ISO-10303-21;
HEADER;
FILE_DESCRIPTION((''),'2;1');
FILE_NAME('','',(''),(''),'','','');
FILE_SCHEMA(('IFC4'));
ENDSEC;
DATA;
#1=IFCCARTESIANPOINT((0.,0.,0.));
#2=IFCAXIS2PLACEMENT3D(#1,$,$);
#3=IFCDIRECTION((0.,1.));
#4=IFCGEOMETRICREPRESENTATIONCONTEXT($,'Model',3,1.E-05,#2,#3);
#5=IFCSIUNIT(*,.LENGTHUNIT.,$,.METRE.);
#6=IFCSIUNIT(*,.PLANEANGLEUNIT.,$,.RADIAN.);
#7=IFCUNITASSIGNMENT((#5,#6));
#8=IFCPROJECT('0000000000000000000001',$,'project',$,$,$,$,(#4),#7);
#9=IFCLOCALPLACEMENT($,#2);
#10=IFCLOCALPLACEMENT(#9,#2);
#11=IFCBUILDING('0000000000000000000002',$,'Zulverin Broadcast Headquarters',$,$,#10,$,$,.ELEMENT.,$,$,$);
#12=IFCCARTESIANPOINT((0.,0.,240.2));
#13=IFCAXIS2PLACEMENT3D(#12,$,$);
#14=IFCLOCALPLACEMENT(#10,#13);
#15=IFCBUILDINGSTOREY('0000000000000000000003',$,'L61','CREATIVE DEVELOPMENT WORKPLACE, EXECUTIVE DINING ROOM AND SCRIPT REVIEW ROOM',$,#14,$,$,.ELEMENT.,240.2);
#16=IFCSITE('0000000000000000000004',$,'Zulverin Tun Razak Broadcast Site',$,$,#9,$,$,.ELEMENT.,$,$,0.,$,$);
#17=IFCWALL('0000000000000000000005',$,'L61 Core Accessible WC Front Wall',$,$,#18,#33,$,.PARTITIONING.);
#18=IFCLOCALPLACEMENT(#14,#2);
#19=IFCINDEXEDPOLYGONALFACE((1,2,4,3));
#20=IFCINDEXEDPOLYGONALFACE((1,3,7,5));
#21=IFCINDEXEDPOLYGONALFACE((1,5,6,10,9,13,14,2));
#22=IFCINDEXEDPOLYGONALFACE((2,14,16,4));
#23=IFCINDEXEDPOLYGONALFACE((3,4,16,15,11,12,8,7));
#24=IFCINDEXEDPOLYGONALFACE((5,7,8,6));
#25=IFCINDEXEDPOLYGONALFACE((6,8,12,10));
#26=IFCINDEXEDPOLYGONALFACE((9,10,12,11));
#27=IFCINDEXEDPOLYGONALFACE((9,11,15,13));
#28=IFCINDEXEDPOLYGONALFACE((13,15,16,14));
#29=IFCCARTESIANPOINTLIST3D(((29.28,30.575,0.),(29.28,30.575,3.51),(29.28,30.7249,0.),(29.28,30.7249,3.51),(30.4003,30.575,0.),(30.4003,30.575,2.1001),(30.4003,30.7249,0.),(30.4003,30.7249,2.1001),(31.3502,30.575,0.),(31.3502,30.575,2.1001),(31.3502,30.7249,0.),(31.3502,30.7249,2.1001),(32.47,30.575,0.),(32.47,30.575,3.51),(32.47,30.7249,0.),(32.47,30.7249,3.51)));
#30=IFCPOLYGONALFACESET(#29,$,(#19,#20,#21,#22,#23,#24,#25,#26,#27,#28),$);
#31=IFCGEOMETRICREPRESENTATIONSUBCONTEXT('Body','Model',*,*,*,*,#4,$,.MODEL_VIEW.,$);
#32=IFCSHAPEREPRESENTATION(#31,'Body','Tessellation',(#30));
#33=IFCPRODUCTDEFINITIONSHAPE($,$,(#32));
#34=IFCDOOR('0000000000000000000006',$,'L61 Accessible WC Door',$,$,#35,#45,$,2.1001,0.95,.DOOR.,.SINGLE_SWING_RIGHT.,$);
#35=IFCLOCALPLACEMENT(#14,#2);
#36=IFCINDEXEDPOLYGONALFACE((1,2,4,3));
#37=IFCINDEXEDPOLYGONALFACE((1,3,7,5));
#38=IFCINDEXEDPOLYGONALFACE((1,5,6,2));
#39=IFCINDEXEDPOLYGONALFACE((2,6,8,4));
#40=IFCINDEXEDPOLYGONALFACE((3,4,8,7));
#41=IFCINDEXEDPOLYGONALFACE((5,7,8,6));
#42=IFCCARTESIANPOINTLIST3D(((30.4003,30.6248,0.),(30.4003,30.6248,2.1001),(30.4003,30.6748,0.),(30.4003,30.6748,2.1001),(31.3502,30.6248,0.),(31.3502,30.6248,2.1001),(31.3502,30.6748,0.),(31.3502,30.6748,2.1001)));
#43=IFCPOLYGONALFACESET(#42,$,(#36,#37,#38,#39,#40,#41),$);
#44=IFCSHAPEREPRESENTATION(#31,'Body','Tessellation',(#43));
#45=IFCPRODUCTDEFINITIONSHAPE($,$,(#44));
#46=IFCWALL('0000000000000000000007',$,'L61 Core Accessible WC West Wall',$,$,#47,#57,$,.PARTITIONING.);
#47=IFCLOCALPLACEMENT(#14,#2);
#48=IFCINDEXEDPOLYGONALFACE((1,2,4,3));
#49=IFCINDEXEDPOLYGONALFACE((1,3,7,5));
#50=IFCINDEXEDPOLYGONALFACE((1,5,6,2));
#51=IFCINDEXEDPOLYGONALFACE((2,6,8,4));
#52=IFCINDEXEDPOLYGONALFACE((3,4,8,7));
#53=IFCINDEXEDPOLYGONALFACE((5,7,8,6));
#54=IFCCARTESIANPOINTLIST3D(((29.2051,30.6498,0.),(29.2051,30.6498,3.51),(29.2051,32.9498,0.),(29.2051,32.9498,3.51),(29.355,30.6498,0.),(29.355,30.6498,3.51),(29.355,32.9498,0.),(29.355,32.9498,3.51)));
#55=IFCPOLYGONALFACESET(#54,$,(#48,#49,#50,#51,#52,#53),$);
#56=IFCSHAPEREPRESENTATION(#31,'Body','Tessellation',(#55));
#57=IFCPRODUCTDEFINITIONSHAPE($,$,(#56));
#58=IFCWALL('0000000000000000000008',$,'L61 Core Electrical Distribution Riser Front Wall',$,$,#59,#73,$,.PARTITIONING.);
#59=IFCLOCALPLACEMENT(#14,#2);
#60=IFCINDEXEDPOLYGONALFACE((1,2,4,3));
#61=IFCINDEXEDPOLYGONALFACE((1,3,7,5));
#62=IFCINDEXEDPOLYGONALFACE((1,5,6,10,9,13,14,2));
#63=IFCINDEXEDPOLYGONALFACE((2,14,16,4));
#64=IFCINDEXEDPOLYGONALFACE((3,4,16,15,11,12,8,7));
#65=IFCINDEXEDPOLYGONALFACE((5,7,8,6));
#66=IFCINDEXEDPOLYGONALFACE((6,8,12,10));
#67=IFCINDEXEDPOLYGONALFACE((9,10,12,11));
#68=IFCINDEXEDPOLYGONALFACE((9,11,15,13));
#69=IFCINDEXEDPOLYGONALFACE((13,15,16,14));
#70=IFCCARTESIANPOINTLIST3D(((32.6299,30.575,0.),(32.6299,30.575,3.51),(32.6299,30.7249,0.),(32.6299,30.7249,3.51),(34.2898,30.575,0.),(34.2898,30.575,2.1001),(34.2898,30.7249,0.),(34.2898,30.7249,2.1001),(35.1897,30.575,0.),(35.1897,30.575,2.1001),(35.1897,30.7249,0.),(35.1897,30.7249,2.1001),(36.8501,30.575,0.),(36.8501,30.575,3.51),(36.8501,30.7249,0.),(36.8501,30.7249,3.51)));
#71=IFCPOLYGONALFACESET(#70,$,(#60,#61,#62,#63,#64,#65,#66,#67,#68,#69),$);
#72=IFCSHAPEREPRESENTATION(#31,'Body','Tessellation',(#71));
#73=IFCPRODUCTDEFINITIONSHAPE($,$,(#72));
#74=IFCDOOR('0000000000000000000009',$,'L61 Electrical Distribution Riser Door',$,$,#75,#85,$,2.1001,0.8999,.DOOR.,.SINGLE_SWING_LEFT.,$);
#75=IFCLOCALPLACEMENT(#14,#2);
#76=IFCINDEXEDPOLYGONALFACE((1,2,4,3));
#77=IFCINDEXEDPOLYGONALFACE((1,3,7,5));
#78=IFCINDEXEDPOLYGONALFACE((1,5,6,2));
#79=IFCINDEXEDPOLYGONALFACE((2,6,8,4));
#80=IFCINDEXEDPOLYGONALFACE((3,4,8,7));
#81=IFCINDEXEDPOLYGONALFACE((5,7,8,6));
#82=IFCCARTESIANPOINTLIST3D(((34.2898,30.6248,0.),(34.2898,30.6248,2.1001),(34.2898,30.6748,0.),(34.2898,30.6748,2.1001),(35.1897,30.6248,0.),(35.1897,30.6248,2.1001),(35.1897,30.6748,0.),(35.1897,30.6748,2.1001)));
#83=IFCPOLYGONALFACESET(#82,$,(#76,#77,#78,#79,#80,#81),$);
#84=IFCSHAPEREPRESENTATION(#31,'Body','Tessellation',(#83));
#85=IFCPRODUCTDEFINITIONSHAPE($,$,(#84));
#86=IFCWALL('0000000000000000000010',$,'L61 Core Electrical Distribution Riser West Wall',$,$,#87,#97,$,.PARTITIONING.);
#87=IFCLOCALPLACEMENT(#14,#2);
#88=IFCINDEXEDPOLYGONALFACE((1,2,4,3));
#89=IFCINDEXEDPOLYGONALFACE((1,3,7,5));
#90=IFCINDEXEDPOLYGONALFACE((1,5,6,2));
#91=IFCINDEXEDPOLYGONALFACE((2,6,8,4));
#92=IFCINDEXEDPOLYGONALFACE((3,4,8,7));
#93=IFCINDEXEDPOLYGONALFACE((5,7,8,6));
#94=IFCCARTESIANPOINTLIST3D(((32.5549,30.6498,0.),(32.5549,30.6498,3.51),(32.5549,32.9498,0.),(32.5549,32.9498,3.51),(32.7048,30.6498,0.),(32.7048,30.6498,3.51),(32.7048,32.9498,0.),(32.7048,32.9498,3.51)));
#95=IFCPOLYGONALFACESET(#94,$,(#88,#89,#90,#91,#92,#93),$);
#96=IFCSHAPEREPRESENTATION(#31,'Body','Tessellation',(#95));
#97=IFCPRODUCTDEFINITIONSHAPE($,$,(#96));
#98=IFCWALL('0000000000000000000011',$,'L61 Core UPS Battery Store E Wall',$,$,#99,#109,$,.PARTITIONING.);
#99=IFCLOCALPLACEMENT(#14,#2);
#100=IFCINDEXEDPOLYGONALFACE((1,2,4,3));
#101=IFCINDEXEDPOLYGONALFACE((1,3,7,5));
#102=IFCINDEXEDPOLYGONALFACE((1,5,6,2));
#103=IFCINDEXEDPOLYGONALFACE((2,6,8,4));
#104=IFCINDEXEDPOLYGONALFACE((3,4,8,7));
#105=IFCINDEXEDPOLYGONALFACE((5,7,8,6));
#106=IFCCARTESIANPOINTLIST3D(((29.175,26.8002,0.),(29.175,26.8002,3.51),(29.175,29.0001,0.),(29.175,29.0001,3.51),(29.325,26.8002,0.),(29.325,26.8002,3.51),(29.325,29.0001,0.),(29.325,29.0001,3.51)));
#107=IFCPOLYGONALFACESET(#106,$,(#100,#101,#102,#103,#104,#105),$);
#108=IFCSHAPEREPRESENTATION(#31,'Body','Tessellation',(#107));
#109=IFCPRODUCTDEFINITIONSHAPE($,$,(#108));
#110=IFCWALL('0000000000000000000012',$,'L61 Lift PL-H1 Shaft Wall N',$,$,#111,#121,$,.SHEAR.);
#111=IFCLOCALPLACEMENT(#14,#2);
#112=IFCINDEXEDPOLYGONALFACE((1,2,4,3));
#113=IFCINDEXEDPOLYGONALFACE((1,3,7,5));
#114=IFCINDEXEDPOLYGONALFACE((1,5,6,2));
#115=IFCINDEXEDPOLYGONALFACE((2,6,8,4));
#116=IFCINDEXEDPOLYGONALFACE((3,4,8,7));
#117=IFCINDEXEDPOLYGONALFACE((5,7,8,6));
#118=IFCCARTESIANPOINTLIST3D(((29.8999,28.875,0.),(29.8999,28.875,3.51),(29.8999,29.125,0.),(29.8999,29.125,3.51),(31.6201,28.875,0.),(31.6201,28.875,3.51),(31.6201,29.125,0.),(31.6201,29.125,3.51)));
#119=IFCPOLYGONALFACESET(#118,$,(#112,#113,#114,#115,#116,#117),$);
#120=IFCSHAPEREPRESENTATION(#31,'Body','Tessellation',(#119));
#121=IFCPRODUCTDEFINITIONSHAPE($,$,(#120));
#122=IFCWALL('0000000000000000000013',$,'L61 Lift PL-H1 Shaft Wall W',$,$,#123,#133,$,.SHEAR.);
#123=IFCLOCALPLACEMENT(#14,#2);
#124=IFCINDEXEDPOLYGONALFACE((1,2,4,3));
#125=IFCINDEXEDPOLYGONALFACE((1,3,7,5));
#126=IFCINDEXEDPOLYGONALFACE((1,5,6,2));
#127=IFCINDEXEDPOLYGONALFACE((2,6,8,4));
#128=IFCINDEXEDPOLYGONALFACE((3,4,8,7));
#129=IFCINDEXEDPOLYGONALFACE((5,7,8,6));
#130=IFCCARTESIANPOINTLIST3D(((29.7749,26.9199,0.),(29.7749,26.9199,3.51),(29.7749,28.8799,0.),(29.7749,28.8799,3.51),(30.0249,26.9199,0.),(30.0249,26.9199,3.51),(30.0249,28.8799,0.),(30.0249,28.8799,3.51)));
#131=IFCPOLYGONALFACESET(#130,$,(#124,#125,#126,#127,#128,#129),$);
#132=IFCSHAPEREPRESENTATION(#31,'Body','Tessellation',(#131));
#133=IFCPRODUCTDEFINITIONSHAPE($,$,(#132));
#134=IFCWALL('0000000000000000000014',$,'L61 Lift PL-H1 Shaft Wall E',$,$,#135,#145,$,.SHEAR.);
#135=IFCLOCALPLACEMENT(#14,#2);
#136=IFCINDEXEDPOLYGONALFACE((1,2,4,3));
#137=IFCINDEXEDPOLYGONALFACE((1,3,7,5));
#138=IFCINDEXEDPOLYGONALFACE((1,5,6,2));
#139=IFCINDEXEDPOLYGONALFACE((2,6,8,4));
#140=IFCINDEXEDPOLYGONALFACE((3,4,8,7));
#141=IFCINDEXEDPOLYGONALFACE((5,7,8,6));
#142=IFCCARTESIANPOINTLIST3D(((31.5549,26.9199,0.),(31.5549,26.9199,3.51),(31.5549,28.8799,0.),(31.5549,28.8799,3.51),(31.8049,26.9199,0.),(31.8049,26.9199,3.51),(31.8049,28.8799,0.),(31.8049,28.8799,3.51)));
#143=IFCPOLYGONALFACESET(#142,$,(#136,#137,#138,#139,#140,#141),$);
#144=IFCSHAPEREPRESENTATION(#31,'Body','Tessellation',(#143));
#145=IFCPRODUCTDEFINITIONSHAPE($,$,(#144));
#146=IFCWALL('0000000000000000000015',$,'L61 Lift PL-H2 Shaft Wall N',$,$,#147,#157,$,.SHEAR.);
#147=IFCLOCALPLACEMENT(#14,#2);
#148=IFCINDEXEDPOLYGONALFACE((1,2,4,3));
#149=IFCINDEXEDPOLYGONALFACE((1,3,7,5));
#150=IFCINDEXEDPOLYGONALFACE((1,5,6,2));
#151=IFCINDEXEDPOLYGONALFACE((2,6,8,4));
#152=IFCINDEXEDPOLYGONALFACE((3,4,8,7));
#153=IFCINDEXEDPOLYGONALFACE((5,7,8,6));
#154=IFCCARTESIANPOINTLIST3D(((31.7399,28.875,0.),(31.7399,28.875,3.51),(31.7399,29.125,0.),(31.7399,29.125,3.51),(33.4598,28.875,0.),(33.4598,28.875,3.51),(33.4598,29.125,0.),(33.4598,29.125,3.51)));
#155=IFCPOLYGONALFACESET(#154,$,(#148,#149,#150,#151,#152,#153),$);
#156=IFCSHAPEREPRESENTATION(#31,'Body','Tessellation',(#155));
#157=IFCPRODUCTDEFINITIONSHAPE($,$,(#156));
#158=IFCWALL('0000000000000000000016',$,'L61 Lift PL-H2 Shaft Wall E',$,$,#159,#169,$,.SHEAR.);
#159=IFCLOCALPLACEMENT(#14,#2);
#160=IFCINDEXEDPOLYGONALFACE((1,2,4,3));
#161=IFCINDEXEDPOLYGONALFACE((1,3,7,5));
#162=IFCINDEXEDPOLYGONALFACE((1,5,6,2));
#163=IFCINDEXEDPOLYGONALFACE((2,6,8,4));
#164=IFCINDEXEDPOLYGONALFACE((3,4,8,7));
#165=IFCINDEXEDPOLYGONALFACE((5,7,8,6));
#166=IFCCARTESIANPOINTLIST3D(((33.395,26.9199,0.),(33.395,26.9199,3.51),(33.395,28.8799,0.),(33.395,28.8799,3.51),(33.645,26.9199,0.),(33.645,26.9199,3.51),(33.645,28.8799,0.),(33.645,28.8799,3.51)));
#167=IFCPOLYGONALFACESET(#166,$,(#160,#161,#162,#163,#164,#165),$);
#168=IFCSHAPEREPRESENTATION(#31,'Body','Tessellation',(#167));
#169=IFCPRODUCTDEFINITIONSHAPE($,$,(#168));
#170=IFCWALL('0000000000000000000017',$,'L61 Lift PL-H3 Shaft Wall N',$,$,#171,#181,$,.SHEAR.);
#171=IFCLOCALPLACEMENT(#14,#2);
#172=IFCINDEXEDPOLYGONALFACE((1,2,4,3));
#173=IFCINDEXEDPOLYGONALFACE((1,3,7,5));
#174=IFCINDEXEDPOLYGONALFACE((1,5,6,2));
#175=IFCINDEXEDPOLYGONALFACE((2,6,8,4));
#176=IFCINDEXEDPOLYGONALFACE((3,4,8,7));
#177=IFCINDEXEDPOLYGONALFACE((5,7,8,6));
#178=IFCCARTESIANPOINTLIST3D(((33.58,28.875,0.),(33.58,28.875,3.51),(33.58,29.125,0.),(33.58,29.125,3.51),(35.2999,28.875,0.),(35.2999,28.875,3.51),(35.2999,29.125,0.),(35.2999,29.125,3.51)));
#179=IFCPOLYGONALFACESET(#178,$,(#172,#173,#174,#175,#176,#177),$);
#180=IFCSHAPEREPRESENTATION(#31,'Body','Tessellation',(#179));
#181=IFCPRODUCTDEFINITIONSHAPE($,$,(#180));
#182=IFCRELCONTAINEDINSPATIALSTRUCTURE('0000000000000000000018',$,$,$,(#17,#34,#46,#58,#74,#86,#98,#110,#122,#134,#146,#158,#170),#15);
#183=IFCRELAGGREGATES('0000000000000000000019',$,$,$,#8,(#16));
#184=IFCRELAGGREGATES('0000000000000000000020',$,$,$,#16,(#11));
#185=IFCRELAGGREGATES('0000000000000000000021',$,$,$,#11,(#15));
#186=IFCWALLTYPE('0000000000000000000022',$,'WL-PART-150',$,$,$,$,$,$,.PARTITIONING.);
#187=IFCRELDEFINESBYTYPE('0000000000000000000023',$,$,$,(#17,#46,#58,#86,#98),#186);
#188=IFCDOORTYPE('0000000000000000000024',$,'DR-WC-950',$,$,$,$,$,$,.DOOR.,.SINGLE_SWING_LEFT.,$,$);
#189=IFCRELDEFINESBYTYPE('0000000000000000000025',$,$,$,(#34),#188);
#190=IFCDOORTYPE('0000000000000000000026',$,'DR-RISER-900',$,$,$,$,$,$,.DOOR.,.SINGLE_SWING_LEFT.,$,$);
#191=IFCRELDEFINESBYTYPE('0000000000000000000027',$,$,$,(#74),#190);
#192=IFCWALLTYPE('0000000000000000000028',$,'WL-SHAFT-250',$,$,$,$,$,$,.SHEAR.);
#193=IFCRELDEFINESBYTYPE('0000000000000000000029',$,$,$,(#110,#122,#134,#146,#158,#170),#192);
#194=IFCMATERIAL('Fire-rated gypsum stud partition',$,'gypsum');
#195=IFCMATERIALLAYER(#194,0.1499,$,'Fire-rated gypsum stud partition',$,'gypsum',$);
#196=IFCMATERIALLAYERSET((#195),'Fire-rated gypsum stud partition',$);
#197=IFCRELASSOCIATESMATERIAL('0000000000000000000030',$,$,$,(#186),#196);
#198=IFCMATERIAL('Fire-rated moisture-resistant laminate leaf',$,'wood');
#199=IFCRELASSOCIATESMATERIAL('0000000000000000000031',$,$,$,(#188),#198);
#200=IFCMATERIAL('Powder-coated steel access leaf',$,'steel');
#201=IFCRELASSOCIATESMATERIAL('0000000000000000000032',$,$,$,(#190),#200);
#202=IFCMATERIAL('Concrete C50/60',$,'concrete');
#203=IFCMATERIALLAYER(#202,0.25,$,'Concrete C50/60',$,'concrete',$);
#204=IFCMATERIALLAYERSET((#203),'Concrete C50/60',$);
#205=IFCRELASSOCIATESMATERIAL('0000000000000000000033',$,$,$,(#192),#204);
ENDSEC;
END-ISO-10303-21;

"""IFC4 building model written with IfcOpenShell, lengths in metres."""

from ifc_helpers import new_model, si_unit, direction, frame, frame_2d, origin, place, context, subcontext, project, spatial, rectangle, extrude, material, layer, layer_set, type_object, element, fill, save


model = new_model("IFC4")

# Units and contexts
model_context = context("Model", 3, precision=1e-05, world=origin(), true_north=direction((0.0, 1.0)))
body_context = subcontext(model_context, "Body", "Model", "MODEL_VIEW")
ifc_project = project(units=[si_unit("LENGTHUNIT", "METRE"), si_unit("PLANEANGLEUNIT", "RADIAN")], contexts=[model_context])

# Site, building, storey
site_placement = place(None, origin())
site = spatial("IfcSite", under=ifc_project, at=site_placement, Name="Zulverin Tun Razak Broadcast Site", CompositionType="ELEMENT", RefElevation=0.0)
building_placement = place(site_placement, origin())
building = spatial("IfcBuilding", under=site, at=building_placement, Name="Zulverin Broadcast Headquarters", CompositionType="ELEMENT")
storey_placement = place(building_placement, frame((0.0, 0.0, 240.2)))
storey = spatial("IfcBuildingStorey", under=building, at=storey_placement, Name="L61", Description="CREATIVE DEVELOPMENT WORKPLACE, EXECUTIVE DINING ROOM AND SCRIPT REVIEW ROOM", CompositionType="ELEMENT", Elevation=240.2)

# Wall, opening, door
ifc_material_1 = material(Name="Fire-rated gypsum stud partition", Category="gypsum")
ifc_layer_1 = layer(ifc_material_1, 0.1499, Name="Fire-rated gypsum stud partition", Category="gypsum")
ifc_layer_set_1 = layer_set([ifc_layer_1], Name="Fire-rated gypsum stud partition")
wall_type_1 = type_object("IfcWallType", Name="WL-PART-150", PredefinedType="PARTITIONING", material=ifc_layer_set_1)
wall_1_placement = place(storey_placement, frame((29.28, 30.6499, 0.0), z_axis=(0.0, 0.0, 1.0), x_axis=(1.0, 0.0, 0.0)))
wall_1 = element("IfcWall", 1, at=wall_1_placement, inside=storey, type_object=wall_type_1, Name="L61 Core Accessible WC Front Wall", PredefinedType="PARTITIONING", context=body_context, shape_type="SweptSolid", body=[
    extrude(rectangle(XDim=3.1899, YDim=0.1499, at=frame_2d((1.595, 0.0))), origin(), (0.0, 0.0, 1.0), 3.51),
])
opening_1_placement = place(wall_1_placement, frame((1.1201, 0.0, 0.0)))
opening_1 = element("IfcOpeningElement", 2, at=opening_1_placement, cuts=wall_1, PredefinedType="OPENING", context=body_context, shape_type="SweptSolid", body=[
    extrude(rectangle(XDim=0.95, YDim=2.1001, at=frame_2d((0.4751, 1.05))), frame((0.0, 0.085, 0.0), z_axis=(0.0, -1.0, 0.0), x_axis=(1.0, 0.0, 0.0)), (0.0, 0.0, 1.0), 0.1699),
])
ifc_material_2 = material(Name="Fire-rated moisture-resistant laminate leaf", Category="wood")
door_type_1 = type_object("IfcDoorType", Name="DR-WC-950", OperationType="SINGLE_SWING_LEFT", PredefinedType="DOOR", material=ifc_material_2)
door_1_placement = place(opening_1_placement, origin())
door_1 = element("IfcDoor", 3, at=door_1_placement, inside=storey, type_object=door_type_1, Name="L61 Accessible WC Door", OperationType="SINGLE_SWING_RIGHT", OverallHeight=2.1001, OverallWidth=0.95, PredefinedType="DOOR", context=body_context, shape_type="SweptSolid", body=[
    extrude(rectangle(XDim=0.95, YDim=2.1001, at=frame_2d((0.4751, 1.05))), frame((0.0, 0.0249, 0.0), z_axis=(0.0, -1.0, 0.0), x_axis=(1.0, 0.0, 0.0)), (0.0, 0.0, 1.0), 0.05),
])
fill(opening_1, door_1)

# Wall
wall_2_placement = place(storey_placement, frame((29.28, 30.6499, 0.0), z_axis=(0.0, 0.0, 1.0), x_axis=(0.0, 1.0, 0.0)))
element("IfcWall", 4, at=wall_2_placement, inside=storey, type_object=wall_type_1, Name="L61 Core Accessible WC West Wall", PredefinedType="PARTITIONING", context=body_context, shape_type="SweptSolid", body=[
    extrude(rectangle(XDim=2.3, YDim=0.1499, at=frame_2d((1.1499, 0.0))), origin(), (0.0, 0.0, 1.0), 3.51),
])

# Wall, opening, door
wall_3_placement = place(storey_placement, frame((32.6299, 30.6499, 0.0), z_axis=(0.0, 0.0, 1.0), x_axis=(1.0, 0.0, 0.0)))
wall_3 = element("IfcWall", 5, at=wall_3_placement, inside=storey, type_object=wall_type_1, Name="L61 Core Electrical Distribution Riser Front Wall", PredefinedType="PARTITIONING", context=body_context, shape_type="SweptSolid", body=[
    extrude(rectangle(XDim=4.2202, YDim=0.1499, at=frame_2d((2.1101, 0.0))), origin(), (0.0, 0.0, 1.0), 3.51),
])
opening_2_placement = place(wall_3_placement, frame((1.6599, 0.0, 0.0)))
opening_2 = element("IfcOpeningElement", 6, at=opening_2_placement, cuts=wall_3, PredefinedType="OPENING", context=body_context, shape_type="SweptSolid", body=[
    extrude(rectangle(XDim=0.8999, YDim=2.1001, at=frame_2d((0.45, 1.05))), frame((0.0, 0.085, 0.0), z_axis=(0.0, -1.0, 0.0), x_axis=(1.0, 0.0, 0.0)), (0.0, 0.0, 1.0), 0.1699),
])
ifc_material_3 = material(Name="Powder-coated steel access leaf", Category="steel")
door_type_2 = type_object("IfcDoorType", Name="DR-RISER-900", OperationType="SINGLE_SWING_LEFT", PredefinedType="DOOR", material=ifc_material_3)
door_2_placement = place(opening_2_placement, origin())
door_2 = element("IfcDoor", 7, at=door_2_placement, inside=storey, type_object=door_type_2, Name="L61 Electrical Distribution Riser Door", OperationType="SINGLE_SWING_LEFT", OverallHeight=2.1001, OverallWidth=0.8999, PredefinedType="DOOR", context=body_context, shape_type="SweptSolid", body=[
    extrude(rectangle(XDim=0.8999, YDim=2.1001, at=frame_2d((0.45, 1.05))), frame((0.0, 0.0249, 0.0), z_axis=(0.0, -1.0, 0.0), x_axis=(1.0, 0.0, 0.0)), (0.0, 0.0, 1.0), 0.05),
])
fill(opening_2, door_2)

# Walls
wall_4_placement = place(storey_placement, frame((32.6299, 30.6499, 0.0), z_axis=(0.0, 0.0, 1.0), x_axis=(0.0, 1.0, 0.0)))
element("IfcWall", 8, at=wall_4_placement, inside=storey, type_object=wall_type_1, Name="L61 Core Electrical Distribution Riser West Wall", PredefinedType="PARTITIONING", context=body_context, shape_type="SweptSolid", body=[
    extrude(rectangle(XDim=2.3, YDim=0.1499, at=frame_2d((1.1499, 0.0))), origin(), (0.0, 0.0, 1.0), 3.51),
])
wall_5_placement = place(storey_placement, frame((29.25, 26.8, 0.0), z_axis=(0.0, 0.0, 1.0), x_axis=(0.0, 1.0, 0.0)))
element("IfcWall", 9, at=wall_5_placement, inside=storey, type_object=wall_type_1, Name="L61 Core UPS Battery Store E Wall", PredefinedType="PARTITIONING", context=body_context, shape_type="SweptSolid", body=[
    extrude(rectangle(XDim=2.2, YDim=0.1499, at=frame_2d((1.1001, 0.0))), origin(), (0.0, 0.0, 1.0), 3.51),
])

# Shared definitions
ifc_material_4 = material(Name="Concrete C50/60", Category="concrete")
ifc_layer_2 = layer(ifc_material_4, 0.25, Name="Concrete C50/60", Category="concrete")
ifc_layer_set_2 = layer_set([ifc_layer_2], Name="Concrete C50/60")
wall_type_2 = type_object("IfcWallType", Name="WL-SHAFT-250", PredefinedType="SHEAR", material=ifc_layer_set_2)

# Walls
wall_6_placement = place(storey_placement, frame((29.8999, 29.0, 0.0), z_axis=(0.0, 0.0, 1.0), x_axis=(1.0, 0.0, 0.0)))
element("IfcWall", 10, at=wall_6_placement, inside=storey, type_object=wall_type_2, Name="L61 Lift PL-H1 Shaft Wall N", PredefinedType="SHEAR", context=body_context, shape_type="SweptSolid", body=[
    extrude(rectangle(XDim=1.7202, YDim=0.25, at=frame_2d((0.8601, 0.0))), origin(), (0.0, 0.0, 1.0), 3.51),
])
for number, where, z_axis, x_axis, name in (
    (11, (29.8999, 26.9199, 0.0), (0.0, 0.0, 1.0), (0.0, 1.0, 0.0), "L61 Lift PL-H1 Shaft Wall W"),
    (12, (31.6799, 26.9199, 0.0), (0.0, 0.0, 1.0), (0.0, 1.0, 0.0), "L61 Lift PL-H1 Shaft Wall E"),
):
    element("IfcWall", number, at=place(storey_placement, frame(where, z_axis=z_axis, x_axis=x_axis)), inside=storey, type_object=wall_type_2, Name=name, PredefinedType="SHEAR", context=body_context, shape_type="SweptSolid", body=[
        extrude(rectangle(XDim=1.96, YDim=0.25, at=frame_2d((0.98, 0.0))), origin(), (0.0, 0.0, 1.0), 3.51),
    ])

# Walls
wall_7_placement = place(storey_placement, frame((31.74, 29.0, 0.0), z_axis=(0.0, 0.0, 1.0), x_axis=(1.0, 0.0, 0.0)))
element("IfcWall", 13, at=wall_7_placement, inside=storey, type_object=wall_type_2, Name="L61 Lift PL-H2 Shaft Wall N", PredefinedType="SHEAR", context=body_context, shape_type="SweptSolid", body=[
    extrude(rectangle(XDim=1.72, YDim=0.25, at=frame_2d((0.8599, 0.0))), origin(), (0.0, 0.0, 1.0), 3.51),
])
wall_8_placement = place(storey_placement, frame((33.52, 26.9199, 0.0), z_axis=(0.0, 0.0, 1.0), x_axis=(0.0, 1.0, 0.0)))
element("IfcWall", 14, at=wall_8_placement, inside=storey, type_object=wall_type_2, Name="L61 Lift PL-H2 Shaft Wall E", PredefinedType="SHEAR", context=body_context, shape_type="SweptSolid", body=[
    extrude(rectangle(XDim=1.96, YDim=0.25, at=frame_2d((0.98, 0.0))), origin(), (0.0, 0.0, 1.0), 3.51),
])

# Wall
wall_9_placement = place(storey_placement, frame((33.5801, 29.0, 0.0), z_axis=(0.0, 0.0, 1.0), x_axis=(1.0, 0.0, 0.0)))
element("IfcWall", 15, at=wall_9_placement, inside=storey, type_object=wall_type_2, Name="L61 Lift PL-H3 Shaft Wall N", PredefinedType="SHEAR", context=body_context, shape_type="SweptSolid", body=[
    extrude(rectangle(XDim=1.72, YDim=0.25, at=frame_2d((0.8599, 0.0))), origin(), (0.0, 0.0, 1.0), 3.51),
])

save(model, "model.ifc")
